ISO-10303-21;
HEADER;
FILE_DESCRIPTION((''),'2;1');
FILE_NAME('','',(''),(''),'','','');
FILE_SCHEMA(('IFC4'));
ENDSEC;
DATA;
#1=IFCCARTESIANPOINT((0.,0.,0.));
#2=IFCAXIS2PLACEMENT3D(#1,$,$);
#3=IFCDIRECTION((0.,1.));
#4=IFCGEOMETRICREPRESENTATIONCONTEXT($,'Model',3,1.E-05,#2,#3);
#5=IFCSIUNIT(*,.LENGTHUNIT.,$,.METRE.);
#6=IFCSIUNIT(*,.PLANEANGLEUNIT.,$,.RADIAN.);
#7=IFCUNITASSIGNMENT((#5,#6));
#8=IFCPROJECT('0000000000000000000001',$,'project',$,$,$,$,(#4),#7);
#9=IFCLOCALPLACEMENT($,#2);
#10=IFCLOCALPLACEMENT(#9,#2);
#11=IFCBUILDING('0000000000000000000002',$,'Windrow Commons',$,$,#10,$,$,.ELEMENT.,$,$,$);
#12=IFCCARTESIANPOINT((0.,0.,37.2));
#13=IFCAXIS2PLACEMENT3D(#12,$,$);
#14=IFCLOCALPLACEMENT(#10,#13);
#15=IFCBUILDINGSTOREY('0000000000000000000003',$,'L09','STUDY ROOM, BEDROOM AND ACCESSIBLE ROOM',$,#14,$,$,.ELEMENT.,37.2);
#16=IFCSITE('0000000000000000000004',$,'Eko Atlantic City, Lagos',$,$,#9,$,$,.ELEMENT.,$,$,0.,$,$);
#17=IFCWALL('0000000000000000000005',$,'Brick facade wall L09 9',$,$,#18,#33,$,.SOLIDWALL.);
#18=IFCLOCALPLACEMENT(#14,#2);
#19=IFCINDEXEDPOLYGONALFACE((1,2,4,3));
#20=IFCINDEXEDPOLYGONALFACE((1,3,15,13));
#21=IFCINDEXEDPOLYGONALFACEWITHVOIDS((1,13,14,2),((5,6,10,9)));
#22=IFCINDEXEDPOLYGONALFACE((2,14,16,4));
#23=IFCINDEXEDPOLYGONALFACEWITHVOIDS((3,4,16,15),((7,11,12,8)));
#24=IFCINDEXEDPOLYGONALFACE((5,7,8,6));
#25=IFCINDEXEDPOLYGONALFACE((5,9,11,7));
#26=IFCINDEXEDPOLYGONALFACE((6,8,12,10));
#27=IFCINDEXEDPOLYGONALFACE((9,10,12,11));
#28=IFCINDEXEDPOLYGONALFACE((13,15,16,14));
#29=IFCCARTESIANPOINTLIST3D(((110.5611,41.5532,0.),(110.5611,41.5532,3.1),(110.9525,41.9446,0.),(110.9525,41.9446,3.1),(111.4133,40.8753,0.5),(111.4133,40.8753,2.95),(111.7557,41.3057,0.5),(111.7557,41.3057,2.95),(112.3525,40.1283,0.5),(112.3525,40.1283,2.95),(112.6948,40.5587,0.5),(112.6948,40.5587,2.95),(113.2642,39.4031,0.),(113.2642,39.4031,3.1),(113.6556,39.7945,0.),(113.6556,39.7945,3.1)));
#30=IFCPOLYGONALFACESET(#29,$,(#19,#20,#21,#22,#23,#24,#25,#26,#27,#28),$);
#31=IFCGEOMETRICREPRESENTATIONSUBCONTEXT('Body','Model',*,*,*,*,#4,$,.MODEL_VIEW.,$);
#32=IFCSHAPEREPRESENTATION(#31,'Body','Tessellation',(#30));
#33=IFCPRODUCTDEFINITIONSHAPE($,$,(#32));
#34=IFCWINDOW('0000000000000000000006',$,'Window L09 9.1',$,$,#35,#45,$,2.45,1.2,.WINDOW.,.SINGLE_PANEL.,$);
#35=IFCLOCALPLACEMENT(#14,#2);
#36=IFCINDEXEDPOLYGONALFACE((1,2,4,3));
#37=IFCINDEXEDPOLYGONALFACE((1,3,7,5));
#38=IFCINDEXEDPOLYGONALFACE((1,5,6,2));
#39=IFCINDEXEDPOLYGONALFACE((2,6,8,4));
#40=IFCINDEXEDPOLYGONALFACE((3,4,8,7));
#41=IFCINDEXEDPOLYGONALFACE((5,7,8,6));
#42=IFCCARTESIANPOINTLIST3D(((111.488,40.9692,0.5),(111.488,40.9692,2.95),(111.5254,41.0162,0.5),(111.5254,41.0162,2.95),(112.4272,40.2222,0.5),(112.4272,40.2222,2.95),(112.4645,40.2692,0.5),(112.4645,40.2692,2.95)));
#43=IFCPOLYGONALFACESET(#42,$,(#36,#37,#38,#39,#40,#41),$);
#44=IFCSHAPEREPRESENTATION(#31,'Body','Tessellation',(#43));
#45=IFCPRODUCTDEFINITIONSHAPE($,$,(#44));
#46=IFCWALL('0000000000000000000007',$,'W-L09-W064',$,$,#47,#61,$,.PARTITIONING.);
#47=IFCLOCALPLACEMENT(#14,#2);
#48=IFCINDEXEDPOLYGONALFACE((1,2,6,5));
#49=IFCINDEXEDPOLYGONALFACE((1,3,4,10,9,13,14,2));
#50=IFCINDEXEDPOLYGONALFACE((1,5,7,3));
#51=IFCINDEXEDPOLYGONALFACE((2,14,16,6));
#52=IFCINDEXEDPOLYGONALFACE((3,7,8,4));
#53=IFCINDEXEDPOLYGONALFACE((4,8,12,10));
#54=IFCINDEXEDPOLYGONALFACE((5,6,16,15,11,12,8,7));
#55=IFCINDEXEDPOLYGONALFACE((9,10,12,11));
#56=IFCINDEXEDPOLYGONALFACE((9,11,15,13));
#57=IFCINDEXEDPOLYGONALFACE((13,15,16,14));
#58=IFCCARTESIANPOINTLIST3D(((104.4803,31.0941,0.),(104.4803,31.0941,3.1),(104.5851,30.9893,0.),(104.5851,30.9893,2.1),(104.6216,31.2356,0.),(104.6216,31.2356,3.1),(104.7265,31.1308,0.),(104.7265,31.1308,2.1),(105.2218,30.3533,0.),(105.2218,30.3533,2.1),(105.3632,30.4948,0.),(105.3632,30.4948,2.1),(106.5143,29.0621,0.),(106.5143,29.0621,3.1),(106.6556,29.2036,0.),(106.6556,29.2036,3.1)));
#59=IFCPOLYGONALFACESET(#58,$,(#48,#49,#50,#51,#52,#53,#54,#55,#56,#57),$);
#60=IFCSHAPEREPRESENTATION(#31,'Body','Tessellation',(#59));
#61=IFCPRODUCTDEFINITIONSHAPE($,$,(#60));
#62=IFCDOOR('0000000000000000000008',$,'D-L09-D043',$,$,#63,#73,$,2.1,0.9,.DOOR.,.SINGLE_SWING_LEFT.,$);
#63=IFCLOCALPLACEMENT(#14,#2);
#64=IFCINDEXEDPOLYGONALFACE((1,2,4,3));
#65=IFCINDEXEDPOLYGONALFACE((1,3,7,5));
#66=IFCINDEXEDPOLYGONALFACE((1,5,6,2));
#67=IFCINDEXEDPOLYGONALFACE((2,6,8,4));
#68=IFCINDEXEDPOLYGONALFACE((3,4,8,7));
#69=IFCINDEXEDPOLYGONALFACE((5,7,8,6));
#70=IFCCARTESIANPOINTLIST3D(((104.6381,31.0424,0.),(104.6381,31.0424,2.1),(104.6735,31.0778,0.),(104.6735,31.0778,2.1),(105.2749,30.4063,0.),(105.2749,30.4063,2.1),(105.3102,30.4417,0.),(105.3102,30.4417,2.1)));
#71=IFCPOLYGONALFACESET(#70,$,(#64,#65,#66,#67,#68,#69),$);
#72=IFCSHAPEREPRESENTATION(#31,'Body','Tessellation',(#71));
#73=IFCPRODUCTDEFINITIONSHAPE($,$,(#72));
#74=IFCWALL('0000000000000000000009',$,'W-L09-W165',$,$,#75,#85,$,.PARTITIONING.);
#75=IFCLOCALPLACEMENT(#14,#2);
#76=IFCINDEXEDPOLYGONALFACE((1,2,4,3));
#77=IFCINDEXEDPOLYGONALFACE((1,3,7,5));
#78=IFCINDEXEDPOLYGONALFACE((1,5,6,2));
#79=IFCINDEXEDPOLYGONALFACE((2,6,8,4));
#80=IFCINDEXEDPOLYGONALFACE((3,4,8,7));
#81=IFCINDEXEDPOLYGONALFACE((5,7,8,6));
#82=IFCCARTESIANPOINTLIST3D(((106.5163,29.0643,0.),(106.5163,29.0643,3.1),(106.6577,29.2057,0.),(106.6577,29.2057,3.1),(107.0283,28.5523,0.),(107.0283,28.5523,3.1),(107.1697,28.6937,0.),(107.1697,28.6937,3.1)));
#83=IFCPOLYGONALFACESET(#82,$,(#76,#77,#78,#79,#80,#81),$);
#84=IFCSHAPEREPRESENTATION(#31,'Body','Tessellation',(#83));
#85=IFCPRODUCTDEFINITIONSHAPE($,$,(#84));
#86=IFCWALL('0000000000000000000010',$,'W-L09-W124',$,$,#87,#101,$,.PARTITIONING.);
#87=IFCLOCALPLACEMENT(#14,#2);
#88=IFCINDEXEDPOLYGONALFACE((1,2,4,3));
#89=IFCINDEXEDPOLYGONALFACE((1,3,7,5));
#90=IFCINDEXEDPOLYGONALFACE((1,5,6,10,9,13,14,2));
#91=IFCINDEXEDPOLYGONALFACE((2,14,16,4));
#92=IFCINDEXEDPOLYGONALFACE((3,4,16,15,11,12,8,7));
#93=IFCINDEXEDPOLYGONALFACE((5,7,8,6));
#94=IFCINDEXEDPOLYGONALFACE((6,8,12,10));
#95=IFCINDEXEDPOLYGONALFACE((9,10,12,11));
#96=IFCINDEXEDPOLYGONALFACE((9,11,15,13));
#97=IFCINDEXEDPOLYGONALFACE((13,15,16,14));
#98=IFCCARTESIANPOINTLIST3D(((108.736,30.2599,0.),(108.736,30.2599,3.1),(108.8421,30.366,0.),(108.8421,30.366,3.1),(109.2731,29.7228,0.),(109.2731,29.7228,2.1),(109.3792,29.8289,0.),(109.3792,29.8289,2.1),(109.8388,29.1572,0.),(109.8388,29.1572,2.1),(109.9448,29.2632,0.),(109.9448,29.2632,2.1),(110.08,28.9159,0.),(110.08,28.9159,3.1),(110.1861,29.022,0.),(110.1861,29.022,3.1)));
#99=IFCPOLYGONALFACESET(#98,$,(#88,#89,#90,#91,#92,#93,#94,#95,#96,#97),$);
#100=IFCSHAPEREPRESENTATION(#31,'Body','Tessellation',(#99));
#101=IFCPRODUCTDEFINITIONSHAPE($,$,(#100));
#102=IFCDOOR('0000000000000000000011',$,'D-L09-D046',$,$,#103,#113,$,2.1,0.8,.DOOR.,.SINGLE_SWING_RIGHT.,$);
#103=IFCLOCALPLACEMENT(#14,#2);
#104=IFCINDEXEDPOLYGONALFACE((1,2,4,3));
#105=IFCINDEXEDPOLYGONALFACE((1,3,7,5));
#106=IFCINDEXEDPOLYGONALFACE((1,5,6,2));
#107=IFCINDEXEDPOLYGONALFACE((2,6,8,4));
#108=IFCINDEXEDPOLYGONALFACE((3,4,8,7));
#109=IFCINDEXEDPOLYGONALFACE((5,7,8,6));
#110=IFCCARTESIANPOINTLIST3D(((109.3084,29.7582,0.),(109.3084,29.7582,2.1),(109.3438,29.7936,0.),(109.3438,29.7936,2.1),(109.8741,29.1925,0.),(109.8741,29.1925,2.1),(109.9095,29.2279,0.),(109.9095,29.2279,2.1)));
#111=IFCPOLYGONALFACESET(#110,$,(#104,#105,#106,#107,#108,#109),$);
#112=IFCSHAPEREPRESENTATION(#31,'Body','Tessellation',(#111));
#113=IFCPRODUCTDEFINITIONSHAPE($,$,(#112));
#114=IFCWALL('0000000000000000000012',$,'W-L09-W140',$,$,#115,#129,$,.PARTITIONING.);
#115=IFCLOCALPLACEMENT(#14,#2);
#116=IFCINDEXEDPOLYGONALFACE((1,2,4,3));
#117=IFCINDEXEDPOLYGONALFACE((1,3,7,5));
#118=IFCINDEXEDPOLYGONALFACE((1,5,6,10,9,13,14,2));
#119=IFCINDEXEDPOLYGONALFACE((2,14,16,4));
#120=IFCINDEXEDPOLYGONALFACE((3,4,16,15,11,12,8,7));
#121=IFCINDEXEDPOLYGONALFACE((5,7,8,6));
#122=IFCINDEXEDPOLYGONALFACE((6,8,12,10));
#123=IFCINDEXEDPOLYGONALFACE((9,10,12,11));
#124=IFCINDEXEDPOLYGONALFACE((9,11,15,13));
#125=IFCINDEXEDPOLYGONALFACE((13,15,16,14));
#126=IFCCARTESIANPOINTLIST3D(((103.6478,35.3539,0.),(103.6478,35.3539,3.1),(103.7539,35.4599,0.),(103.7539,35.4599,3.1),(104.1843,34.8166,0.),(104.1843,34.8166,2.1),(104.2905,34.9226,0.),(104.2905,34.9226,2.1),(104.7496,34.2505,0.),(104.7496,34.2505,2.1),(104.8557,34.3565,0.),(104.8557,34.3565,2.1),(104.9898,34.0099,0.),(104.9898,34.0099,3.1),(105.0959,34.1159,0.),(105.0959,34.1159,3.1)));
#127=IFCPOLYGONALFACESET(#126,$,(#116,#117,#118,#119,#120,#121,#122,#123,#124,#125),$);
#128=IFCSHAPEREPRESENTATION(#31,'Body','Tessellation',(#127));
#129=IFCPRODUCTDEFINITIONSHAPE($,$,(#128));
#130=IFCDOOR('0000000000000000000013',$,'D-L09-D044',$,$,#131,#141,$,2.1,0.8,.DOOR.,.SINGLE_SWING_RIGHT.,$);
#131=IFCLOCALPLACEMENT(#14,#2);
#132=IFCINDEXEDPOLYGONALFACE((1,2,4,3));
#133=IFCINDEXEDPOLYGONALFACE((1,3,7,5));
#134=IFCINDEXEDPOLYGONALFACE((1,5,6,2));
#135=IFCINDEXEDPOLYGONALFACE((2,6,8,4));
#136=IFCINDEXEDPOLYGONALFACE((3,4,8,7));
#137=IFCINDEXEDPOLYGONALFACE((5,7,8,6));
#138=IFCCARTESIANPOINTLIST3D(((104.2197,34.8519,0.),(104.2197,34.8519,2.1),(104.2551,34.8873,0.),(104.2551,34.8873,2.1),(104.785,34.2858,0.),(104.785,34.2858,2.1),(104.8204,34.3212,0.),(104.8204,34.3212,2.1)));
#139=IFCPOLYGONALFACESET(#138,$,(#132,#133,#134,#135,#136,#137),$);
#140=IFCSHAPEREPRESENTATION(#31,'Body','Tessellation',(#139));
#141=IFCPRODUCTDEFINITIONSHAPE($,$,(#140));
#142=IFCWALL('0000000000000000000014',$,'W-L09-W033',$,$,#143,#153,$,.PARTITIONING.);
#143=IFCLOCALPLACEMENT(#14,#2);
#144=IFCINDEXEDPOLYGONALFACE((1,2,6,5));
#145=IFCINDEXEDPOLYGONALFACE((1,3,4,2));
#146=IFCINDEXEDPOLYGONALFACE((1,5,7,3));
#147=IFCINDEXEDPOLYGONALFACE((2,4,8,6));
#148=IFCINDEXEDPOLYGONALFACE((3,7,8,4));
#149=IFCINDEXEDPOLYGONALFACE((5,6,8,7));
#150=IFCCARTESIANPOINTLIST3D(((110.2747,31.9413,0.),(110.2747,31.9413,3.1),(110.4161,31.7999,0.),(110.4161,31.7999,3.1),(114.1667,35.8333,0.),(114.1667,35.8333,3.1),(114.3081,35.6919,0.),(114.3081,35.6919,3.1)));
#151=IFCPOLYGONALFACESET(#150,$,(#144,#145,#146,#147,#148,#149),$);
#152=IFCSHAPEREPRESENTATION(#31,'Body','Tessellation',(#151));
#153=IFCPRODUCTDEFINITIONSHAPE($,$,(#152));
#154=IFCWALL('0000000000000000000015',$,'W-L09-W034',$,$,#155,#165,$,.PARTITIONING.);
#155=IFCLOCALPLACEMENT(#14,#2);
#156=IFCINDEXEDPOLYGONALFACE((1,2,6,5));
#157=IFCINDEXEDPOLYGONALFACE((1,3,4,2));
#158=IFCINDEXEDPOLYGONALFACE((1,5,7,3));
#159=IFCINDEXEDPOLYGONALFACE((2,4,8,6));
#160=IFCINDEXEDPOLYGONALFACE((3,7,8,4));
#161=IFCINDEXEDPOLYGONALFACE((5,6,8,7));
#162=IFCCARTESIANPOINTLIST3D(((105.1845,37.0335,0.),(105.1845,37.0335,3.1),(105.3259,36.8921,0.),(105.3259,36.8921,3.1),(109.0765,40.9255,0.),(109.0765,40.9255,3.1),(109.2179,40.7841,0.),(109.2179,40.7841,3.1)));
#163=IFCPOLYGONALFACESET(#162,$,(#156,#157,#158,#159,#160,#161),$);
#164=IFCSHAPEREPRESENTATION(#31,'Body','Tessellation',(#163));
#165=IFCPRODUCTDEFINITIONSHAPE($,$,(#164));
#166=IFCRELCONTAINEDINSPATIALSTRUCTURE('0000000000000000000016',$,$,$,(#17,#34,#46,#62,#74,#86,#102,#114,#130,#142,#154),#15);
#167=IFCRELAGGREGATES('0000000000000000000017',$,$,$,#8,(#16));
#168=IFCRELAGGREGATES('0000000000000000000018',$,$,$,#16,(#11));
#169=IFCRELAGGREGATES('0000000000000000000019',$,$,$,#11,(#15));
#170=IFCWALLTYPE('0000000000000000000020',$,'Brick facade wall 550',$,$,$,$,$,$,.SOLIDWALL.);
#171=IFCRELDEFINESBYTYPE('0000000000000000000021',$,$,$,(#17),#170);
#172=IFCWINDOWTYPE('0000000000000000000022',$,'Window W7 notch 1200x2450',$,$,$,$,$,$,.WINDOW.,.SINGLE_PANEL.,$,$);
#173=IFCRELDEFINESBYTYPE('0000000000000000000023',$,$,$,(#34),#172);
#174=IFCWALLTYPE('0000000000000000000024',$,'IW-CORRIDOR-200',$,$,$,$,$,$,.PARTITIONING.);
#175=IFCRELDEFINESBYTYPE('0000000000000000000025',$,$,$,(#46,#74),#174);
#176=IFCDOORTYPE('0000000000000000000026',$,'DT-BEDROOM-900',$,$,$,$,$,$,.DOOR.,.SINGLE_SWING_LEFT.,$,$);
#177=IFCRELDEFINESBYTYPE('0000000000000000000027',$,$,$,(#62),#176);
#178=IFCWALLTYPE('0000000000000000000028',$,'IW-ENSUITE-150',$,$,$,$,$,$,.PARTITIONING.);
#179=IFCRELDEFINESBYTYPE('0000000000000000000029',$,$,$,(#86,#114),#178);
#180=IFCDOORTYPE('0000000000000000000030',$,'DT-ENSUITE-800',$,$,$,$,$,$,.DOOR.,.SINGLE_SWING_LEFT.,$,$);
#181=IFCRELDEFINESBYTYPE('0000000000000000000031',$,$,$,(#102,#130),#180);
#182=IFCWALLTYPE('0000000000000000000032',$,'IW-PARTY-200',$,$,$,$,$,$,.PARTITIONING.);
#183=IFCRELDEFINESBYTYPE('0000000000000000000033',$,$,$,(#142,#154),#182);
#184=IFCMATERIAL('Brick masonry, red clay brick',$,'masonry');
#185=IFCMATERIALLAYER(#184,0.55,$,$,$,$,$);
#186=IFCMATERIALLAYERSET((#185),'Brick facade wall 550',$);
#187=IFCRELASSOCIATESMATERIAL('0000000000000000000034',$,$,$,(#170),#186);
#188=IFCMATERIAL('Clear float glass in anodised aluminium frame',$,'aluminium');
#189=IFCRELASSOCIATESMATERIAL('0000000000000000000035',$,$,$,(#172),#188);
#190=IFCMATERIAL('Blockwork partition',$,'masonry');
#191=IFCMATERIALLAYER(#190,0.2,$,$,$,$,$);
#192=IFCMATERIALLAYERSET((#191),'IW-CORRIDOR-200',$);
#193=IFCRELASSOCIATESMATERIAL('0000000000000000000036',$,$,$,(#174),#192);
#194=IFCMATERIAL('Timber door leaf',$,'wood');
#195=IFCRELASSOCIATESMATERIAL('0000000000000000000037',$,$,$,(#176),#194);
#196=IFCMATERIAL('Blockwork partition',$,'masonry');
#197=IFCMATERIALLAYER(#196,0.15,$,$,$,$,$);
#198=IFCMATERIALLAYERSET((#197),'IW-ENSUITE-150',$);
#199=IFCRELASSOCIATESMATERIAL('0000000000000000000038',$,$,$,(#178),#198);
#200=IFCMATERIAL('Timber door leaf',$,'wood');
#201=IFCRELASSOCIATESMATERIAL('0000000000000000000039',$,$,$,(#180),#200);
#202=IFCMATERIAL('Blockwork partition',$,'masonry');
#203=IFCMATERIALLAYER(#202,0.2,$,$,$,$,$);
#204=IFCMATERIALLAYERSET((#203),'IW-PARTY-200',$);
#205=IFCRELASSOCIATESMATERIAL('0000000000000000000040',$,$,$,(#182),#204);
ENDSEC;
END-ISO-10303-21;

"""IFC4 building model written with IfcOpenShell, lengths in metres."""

from ifc_helpers import new_model, si_unit, direction, frame, frame_2d, origin, place, context, subcontext, project, spatial, polyline, rectangle, outline, extrude, material, layer, layer_set, type_object, element, fill, save


model = new_model("IFC4")

# Units and contexts
model_context = context("Model", 3, precision=1e-05, world=origin(), true_north=direction((0.0, 1.0)))
body_context = subcontext(model_context, "Body", "Model", "MODEL_VIEW")
ifc_project = project(units=[si_unit("LENGTHUNIT", "METRE"), si_unit("PLANEANGLEUNIT", "RADIAN")], contexts=[model_context])

# Site, building, storey
site_placement = place(None, origin())
site = spatial("IfcSite", under=ifc_project, at=site_placement, Name="Eko Atlantic City, Lagos", CompositionType="ELEMENT", RefElevation=0.0)
building_placement = place(site_placement, origin())
building = spatial("IfcBuilding", under=site, at=building_placement, Name="Windrow Commons", CompositionType="ELEMENT")
storey_placement = place(building_placement, frame((0.0, 0.0, 37.2)))
storey = spatial("IfcBuildingStorey", under=building, at=storey_placement, Name="L09", Description="STUDY ROOM, BEDROOM AND ACCESSIBLE ROOM", CompositionType="ELEMENT", Elevation=37.2)

# Wall, opening, window
ifc_material_1 = material(Name="Brick masonry, red clay brick", Category="masonry")
ifc_layer_1 = layer(ifc_material_1, 0.55)
ifc_layer_set_1 = layer_set([ifc_layer_1], Name="Brick facade wall 550")
wall_type_1 = type_object("IfcWallType", Name="Brick facade wall 550", PredefinedType="SOLIDWALL", material=ifc_layer_set_1)
ifc_material_2 = material(Name="Clear float glass in anodised aluminium frame", Category="aluminium")
window_type_1 = type_object("IfcWindowType", Name="Window W7 notch 1200x2450", PartitioningType="SINGLE_PANEL", PredefinedType="WINDOW", material=ifc_material_2)
wall_1_placement = place(storey_placement, frame((113.4599, 39.5988, 0.0), z_axis=(0.0, 0.0, 1.0), x_axis=(-0.782614, 0.622507, 0.0)))
wall_1 = element("IfcWall", 1, at=wall_1_placement, inside=storey, type_object=wall_type_1, Name="Brick facade wall L09 9", PredefinedType="SOLIDWALL", context=body_context, shape_type="SweptSolid", body=[
    extrude(outline(polyline([(-0.0313, -0.275), (3.4226, -0.275), (3.4853, 0.275), (0.0313, 0.275), (-0.0313, -0.275)])), origin(), (0.0, 0.0, 1.0), 3.1),
])
opening_1_placement = place(wall_1_placement, frame((1.1963, 0.0, 0.5)))
opening_1 = element("IfcOpeningElement", 2, at=opening_1_placement, cuts=wall_1, PredefinedType="OPENING", context=body_context, shape_type="SweptSolid", body=[
    extrude(rectangle(XDim=1.2, YDim=2.45, at=frame_2d((0.6, 1.225))), frame((0.0, 0.285, 0.0), z_axis=(0.0, -1.0, 0.0), x_axis=(1.0, 0.0, 0.0)), (0.0, 0.0, 1.0), 0.57),
])
window_1_placement = place(opening_1_placement, origin())
window_1 = element("IfcWindow", 3, at=window_1_placement, inside=storey, type_object=window_type_1, Name="Window L09 9.1", OverallHeight=2.45, OverallWidth=1.2, PartitioningType="SINGLE_PANEL", PredefinedType="WINDOW", context=body_context, shape_type="SweptSolid", body=[
    extrude(rectangle(XDim=1.2, YDim=2.45, at=frame_2d((0.6, 1.225))), frame((0.0, 0.155, 0.0), z_axis=(0.0, -1.0, 0.0), x_axis=(1.0, 0.0, 0.0)), (0.0, 0.0, 1.0), 0.06),
])
fill(opening_1, window_1)

# Wall, opening, door
ifc_material_3 = material(Name="Blockwork partition", Category="masonry")
ifc_layer_2 = layer(ifc_material_3, 0.2)
ifc_layer_set_2 = layer_set([ifc_layer_2], Name="IW-CORRIDOR-200")
wall_type_2 = type_object("IfcWallType", Name="IW-CORRIDOR-200", PredefinedType="PARTITIONING", material=ifc_layer_set_2)
wall_2_placement = place(storey_placement, frame((104.5509, 31.1649, 0.0), z_axis=(0.0, 0.0, 1.0), x_axis=(0.707455, -0.706759, 0.0)))
wall_2 = element("IfcWall", 4, at=wall_2_placement, inside=storey, type_object=wall_type_2, Name="W-L09-W064", PredefinedType="PARTITIONING", context=body_context, shape_type="SweptSolid", body=[
    extrude(rectangle(XDim=2.8751, YDim=0.2, at=frame_2d((1.4376, 0.0))), origin(), (0.0, 0.0, 1.0), 3.1),
])
opening_2_placement = place(wall_2_placement, frame((0.1483, 0.0, 0.0)))
opening_2 = element("IfcOpeningElement", 5, at=opening_2_placement, cuts=wall_2, PredefinedType="OPENING", context=body_context, shape_type="SweptSolid", body=[
    extrude(rectangle(XDim=0.9, YDim=2.1, at=frame_2d((0.45, 1.05))), frame((0.0, 0.11, 0.0), z_axis=(0.0, -1.0, 0.0), x_axis=(1.0, 0.0, 0.0)), (0.0, 0.0, 1.0), 0.22),
])
ifc_material_4 = material(Name="Timber door leaf", Category="wood")
door_type_1 = type_object("IfcDoorType", Name="DT-BEDROOM-900", OperationType="SINGLE_SWING_LEFT", PredefinedType="DOOR", material=ifc_material_4)
door_1_placement = place(opening_2_placement, origin())
door_1 = element("IfcDoor", 6, at=door_1_placement, inside=storey, type_object=door_type_1, Name="D-L09-D043", OperationType="SINGLE_SWING_LEFT", OverallHeight=2.1, OverallWidth=0.9, PredefinedType="DOOR", context=body_context, shape_type="SweptSolid", body=[
    extrude(rectangle(XDim=0.9, YDim=2.1, at=frame_2d((0.45, 1.05))), frame((0.0, 0.025, 0.0), z_axis=(0.0, -1.0, 0.0), x_axis=(1.0, 0.0, 0.0)), (0.0, 0.0, 1.0), 0.05),
])
fill(opening_2, door_1)

# Wall
wall_3_placement = place(storey_placement, frame((106.587, 29.135, 0.0), z_axis=(0.0, 0.0, 1.0), x_axis=(0.707107, -0.707107, 0.0)))
element("IfcWall", 7, at=wall_3_placement, inside=storey, type_object=wall_type_2, Name="W-L09-W165", PredefinedType="PARTITIONING", context=body_context, shape_type="SweptSolid", body=[
    extrude(rectangle(XDim=0.7241, YDim=0.2, at=frame_2d((0.362, 0.0))), origin(), (0.0, 0.0, 1.0), 3.1),
])

# Walls, openings, doors
ifc_material_5 = material(Name="Blockwork partition", Category="masonry")
ifc_layer_3 = layer(ifc_material_5, 0.15)
ifc_layer_set_3 = layer_set([ifc_layer_3], Name="IW-ENSUITE-150")
wall_type_3 = type_object("IfcWallType", Name="IW-ENSUITE-150", PredefinedType="PARTITIONING", material=ifc_layer_set_3)
wall_4_placement = place(storey_placement, frame((108.789, 30.313, 0.0), z_axis=(0.0, 0.0, 1.0), x_axis=(0.707107, -0.707107, 0.0)))
wall_4 = element("IfcWall", 8, at=wall_4_placement, inside=storey, type_object=wall_type_3, Name="W-L09-W124", PredefinedType="PARTITIONING", context=body_context, shape_type="SweptSolid", body=[
    extrude(rectangle(XDim=1.9007, YDim=0.15, at=frame_2d((0.9504, 0.0))), origin(), (0.0, 0.0, 1.0), 3.1),
])
opening_3_placement = place(wall_4_placement, frame((0.7596, 0.0, 0.0)))
opening_3 = element("IfcOpeningElement", 9, at=opening_3_placement, cuts=wall_4, PredefinedType="OPENING", context=body_context, shape_type="SweptSolid", body=[
    extrude(rectangle(XDim=0.8, YDim=2.1, at=frame_2d((0.4, 1.05))), frame((0.0, 0.085, 0.0), z_axis=(0.0, -1.0, 0.0), x_axis=(1.0, 0.0, 0.0)), (0.0, 0.0, 1.0), 0.17),
])
ifc_material_6 = material(Name="Timber door leaf", Category="wood")
door_type_2 = type_object("IfcDoorType", Name="DT-ENSUITE-800", OperationType="SINGLE_SWING_LEFT", PredefinedType="DOOR", material=ifc_material_6)
door_2_placement = place(opening_3_placement, origin())
door_2 = element("IfcDoor", 10, at=door_2_placement, inside=storey, type_object=door_type_2, Name="D-L09-D046", OperationType="SINGLE_SWING_RIGHT", OverallHeight=2.1, OverallWidth=0.8, PredefinedType="DOOR", context=body_context, shape_type="SweptSolid", body=[
    extrude(rectangle(XDim=0.8, YDim=2.1, at=frame_2d((0.4, 1.05))), frame((0.0, 0.025, 0.0), z_axis=(0.0, -1.0, 0.0), x_axis=(1.0, 0.0, 0.0)), (0.0, 0.0, 1.0), 0.05),
])
fill(opening_3, door_2)
wall_5_placement = place(storey_placement, frame((103.7009, 35.4069, 0.0), z_axis=(0.0, 0.0, 1.0), x_axis=(0.70658, -0.707633, 0.0)))
wall_5 = element("IfcWall", 11, at=wall_5_placement, inside=storey, type_object=wall_type_3, Name="W-L09-W140", PredefinedType="PARTITIONING", context=body_context, shape_type="SweptSolid", body=[
    extrude(rectangle(XDim=1.8993, YDim=0.15, at=frame_2d((0.9496, 0.0))), origin(), (0.0, 0.0, 1.0), 3.1),
])
opening_4_placement = place(wall_5_placement, frame((0.7593, 0.0, 0.0)))
opening_4 = element("IfcOpeningElement", 12, at=opening_4_placement, cuts=wall_5, PredefinedType="OPENING", context=body_context, shape_type="SweptSolid", body=[
    extrude(rectangle(XDim=0.8, YDim=2.1, at=frame_2d((0.4, 1.05))), frame((0.0, 0.085, 0.0), z_axis=(0.0, -1.0, 0.0), x_axis=(1.0, 0.0, 0.0)), (0.0, 0.0, 1.0), 0.17),
])
door_3_placement = place(opening_4_placement, origin())
door_3 = element("IfcDoor", 13, at=door_3_placement, inside=storey, type_object=door_type_2, Name="D-L09-D044", OperationType="SINGLE_SWING_RIGHT", OverallHeight=2.1, OverallWidth=0.8, PredefinedType="DOOR", context=body_context, shape_type="SweptSolid", body=[
    extrude(rectangle(XDim=0.8, YDim=2.1, at=frame_2d((0.4, 1.05))), frame((0.0, 0.025, 0.0), z_axis=(0.0, -1.0, 0.0), x_axis=(1.0, 0.0, 0.0)), (0.0, 0.0, 1.0), 0.05),
])
fill(opening_4, door_3)

# Walls
ifc_material_7 = material(Name="Blockwork partition", Category="masonry")
ifc_layer_4 = layer(ifc_material_7, 0.2)
ifc_layer_set_4 = layer_set([ifc_layer_4], Name="IW-PARTY-200")
wall_type_4 = type_object("IfcWallType", Name="IW-PARTY-200", PredefinedType="PARTITIONING", material=ifc_layer_set_4)
for number, where, z_axis, x_axis, name in (
    (14, (110.3454, 31.8706, 0.0), (0.0, 0.0, 1.0), (0.707107, 0.707107, 0.0), "W-L09-W033"),
    (15, (105.2552, 36.9628, 0.0), (0.0, 0.0, 1.0), (0.707107, 0.707107, 0.0), "W-L09-W034"),
):
    element("IfcWall", number, at=place(storey_placement, frame(where, z_axis=z_axis, x_axis=x_axis)), inside=storey, type_object=wall_type_4, Name=name, PredefinedType="PARTITIONING", context=body_context, shape_type="SweptSolid", body=[
        extrude(rectangle(XDim=5.5041, YDim=0.2, at=frame_2d((2.7521, 0.0))), origin(), (0.0, 0.0, 1.0), 3.1),
    ])

save(model, "model.ifc")
